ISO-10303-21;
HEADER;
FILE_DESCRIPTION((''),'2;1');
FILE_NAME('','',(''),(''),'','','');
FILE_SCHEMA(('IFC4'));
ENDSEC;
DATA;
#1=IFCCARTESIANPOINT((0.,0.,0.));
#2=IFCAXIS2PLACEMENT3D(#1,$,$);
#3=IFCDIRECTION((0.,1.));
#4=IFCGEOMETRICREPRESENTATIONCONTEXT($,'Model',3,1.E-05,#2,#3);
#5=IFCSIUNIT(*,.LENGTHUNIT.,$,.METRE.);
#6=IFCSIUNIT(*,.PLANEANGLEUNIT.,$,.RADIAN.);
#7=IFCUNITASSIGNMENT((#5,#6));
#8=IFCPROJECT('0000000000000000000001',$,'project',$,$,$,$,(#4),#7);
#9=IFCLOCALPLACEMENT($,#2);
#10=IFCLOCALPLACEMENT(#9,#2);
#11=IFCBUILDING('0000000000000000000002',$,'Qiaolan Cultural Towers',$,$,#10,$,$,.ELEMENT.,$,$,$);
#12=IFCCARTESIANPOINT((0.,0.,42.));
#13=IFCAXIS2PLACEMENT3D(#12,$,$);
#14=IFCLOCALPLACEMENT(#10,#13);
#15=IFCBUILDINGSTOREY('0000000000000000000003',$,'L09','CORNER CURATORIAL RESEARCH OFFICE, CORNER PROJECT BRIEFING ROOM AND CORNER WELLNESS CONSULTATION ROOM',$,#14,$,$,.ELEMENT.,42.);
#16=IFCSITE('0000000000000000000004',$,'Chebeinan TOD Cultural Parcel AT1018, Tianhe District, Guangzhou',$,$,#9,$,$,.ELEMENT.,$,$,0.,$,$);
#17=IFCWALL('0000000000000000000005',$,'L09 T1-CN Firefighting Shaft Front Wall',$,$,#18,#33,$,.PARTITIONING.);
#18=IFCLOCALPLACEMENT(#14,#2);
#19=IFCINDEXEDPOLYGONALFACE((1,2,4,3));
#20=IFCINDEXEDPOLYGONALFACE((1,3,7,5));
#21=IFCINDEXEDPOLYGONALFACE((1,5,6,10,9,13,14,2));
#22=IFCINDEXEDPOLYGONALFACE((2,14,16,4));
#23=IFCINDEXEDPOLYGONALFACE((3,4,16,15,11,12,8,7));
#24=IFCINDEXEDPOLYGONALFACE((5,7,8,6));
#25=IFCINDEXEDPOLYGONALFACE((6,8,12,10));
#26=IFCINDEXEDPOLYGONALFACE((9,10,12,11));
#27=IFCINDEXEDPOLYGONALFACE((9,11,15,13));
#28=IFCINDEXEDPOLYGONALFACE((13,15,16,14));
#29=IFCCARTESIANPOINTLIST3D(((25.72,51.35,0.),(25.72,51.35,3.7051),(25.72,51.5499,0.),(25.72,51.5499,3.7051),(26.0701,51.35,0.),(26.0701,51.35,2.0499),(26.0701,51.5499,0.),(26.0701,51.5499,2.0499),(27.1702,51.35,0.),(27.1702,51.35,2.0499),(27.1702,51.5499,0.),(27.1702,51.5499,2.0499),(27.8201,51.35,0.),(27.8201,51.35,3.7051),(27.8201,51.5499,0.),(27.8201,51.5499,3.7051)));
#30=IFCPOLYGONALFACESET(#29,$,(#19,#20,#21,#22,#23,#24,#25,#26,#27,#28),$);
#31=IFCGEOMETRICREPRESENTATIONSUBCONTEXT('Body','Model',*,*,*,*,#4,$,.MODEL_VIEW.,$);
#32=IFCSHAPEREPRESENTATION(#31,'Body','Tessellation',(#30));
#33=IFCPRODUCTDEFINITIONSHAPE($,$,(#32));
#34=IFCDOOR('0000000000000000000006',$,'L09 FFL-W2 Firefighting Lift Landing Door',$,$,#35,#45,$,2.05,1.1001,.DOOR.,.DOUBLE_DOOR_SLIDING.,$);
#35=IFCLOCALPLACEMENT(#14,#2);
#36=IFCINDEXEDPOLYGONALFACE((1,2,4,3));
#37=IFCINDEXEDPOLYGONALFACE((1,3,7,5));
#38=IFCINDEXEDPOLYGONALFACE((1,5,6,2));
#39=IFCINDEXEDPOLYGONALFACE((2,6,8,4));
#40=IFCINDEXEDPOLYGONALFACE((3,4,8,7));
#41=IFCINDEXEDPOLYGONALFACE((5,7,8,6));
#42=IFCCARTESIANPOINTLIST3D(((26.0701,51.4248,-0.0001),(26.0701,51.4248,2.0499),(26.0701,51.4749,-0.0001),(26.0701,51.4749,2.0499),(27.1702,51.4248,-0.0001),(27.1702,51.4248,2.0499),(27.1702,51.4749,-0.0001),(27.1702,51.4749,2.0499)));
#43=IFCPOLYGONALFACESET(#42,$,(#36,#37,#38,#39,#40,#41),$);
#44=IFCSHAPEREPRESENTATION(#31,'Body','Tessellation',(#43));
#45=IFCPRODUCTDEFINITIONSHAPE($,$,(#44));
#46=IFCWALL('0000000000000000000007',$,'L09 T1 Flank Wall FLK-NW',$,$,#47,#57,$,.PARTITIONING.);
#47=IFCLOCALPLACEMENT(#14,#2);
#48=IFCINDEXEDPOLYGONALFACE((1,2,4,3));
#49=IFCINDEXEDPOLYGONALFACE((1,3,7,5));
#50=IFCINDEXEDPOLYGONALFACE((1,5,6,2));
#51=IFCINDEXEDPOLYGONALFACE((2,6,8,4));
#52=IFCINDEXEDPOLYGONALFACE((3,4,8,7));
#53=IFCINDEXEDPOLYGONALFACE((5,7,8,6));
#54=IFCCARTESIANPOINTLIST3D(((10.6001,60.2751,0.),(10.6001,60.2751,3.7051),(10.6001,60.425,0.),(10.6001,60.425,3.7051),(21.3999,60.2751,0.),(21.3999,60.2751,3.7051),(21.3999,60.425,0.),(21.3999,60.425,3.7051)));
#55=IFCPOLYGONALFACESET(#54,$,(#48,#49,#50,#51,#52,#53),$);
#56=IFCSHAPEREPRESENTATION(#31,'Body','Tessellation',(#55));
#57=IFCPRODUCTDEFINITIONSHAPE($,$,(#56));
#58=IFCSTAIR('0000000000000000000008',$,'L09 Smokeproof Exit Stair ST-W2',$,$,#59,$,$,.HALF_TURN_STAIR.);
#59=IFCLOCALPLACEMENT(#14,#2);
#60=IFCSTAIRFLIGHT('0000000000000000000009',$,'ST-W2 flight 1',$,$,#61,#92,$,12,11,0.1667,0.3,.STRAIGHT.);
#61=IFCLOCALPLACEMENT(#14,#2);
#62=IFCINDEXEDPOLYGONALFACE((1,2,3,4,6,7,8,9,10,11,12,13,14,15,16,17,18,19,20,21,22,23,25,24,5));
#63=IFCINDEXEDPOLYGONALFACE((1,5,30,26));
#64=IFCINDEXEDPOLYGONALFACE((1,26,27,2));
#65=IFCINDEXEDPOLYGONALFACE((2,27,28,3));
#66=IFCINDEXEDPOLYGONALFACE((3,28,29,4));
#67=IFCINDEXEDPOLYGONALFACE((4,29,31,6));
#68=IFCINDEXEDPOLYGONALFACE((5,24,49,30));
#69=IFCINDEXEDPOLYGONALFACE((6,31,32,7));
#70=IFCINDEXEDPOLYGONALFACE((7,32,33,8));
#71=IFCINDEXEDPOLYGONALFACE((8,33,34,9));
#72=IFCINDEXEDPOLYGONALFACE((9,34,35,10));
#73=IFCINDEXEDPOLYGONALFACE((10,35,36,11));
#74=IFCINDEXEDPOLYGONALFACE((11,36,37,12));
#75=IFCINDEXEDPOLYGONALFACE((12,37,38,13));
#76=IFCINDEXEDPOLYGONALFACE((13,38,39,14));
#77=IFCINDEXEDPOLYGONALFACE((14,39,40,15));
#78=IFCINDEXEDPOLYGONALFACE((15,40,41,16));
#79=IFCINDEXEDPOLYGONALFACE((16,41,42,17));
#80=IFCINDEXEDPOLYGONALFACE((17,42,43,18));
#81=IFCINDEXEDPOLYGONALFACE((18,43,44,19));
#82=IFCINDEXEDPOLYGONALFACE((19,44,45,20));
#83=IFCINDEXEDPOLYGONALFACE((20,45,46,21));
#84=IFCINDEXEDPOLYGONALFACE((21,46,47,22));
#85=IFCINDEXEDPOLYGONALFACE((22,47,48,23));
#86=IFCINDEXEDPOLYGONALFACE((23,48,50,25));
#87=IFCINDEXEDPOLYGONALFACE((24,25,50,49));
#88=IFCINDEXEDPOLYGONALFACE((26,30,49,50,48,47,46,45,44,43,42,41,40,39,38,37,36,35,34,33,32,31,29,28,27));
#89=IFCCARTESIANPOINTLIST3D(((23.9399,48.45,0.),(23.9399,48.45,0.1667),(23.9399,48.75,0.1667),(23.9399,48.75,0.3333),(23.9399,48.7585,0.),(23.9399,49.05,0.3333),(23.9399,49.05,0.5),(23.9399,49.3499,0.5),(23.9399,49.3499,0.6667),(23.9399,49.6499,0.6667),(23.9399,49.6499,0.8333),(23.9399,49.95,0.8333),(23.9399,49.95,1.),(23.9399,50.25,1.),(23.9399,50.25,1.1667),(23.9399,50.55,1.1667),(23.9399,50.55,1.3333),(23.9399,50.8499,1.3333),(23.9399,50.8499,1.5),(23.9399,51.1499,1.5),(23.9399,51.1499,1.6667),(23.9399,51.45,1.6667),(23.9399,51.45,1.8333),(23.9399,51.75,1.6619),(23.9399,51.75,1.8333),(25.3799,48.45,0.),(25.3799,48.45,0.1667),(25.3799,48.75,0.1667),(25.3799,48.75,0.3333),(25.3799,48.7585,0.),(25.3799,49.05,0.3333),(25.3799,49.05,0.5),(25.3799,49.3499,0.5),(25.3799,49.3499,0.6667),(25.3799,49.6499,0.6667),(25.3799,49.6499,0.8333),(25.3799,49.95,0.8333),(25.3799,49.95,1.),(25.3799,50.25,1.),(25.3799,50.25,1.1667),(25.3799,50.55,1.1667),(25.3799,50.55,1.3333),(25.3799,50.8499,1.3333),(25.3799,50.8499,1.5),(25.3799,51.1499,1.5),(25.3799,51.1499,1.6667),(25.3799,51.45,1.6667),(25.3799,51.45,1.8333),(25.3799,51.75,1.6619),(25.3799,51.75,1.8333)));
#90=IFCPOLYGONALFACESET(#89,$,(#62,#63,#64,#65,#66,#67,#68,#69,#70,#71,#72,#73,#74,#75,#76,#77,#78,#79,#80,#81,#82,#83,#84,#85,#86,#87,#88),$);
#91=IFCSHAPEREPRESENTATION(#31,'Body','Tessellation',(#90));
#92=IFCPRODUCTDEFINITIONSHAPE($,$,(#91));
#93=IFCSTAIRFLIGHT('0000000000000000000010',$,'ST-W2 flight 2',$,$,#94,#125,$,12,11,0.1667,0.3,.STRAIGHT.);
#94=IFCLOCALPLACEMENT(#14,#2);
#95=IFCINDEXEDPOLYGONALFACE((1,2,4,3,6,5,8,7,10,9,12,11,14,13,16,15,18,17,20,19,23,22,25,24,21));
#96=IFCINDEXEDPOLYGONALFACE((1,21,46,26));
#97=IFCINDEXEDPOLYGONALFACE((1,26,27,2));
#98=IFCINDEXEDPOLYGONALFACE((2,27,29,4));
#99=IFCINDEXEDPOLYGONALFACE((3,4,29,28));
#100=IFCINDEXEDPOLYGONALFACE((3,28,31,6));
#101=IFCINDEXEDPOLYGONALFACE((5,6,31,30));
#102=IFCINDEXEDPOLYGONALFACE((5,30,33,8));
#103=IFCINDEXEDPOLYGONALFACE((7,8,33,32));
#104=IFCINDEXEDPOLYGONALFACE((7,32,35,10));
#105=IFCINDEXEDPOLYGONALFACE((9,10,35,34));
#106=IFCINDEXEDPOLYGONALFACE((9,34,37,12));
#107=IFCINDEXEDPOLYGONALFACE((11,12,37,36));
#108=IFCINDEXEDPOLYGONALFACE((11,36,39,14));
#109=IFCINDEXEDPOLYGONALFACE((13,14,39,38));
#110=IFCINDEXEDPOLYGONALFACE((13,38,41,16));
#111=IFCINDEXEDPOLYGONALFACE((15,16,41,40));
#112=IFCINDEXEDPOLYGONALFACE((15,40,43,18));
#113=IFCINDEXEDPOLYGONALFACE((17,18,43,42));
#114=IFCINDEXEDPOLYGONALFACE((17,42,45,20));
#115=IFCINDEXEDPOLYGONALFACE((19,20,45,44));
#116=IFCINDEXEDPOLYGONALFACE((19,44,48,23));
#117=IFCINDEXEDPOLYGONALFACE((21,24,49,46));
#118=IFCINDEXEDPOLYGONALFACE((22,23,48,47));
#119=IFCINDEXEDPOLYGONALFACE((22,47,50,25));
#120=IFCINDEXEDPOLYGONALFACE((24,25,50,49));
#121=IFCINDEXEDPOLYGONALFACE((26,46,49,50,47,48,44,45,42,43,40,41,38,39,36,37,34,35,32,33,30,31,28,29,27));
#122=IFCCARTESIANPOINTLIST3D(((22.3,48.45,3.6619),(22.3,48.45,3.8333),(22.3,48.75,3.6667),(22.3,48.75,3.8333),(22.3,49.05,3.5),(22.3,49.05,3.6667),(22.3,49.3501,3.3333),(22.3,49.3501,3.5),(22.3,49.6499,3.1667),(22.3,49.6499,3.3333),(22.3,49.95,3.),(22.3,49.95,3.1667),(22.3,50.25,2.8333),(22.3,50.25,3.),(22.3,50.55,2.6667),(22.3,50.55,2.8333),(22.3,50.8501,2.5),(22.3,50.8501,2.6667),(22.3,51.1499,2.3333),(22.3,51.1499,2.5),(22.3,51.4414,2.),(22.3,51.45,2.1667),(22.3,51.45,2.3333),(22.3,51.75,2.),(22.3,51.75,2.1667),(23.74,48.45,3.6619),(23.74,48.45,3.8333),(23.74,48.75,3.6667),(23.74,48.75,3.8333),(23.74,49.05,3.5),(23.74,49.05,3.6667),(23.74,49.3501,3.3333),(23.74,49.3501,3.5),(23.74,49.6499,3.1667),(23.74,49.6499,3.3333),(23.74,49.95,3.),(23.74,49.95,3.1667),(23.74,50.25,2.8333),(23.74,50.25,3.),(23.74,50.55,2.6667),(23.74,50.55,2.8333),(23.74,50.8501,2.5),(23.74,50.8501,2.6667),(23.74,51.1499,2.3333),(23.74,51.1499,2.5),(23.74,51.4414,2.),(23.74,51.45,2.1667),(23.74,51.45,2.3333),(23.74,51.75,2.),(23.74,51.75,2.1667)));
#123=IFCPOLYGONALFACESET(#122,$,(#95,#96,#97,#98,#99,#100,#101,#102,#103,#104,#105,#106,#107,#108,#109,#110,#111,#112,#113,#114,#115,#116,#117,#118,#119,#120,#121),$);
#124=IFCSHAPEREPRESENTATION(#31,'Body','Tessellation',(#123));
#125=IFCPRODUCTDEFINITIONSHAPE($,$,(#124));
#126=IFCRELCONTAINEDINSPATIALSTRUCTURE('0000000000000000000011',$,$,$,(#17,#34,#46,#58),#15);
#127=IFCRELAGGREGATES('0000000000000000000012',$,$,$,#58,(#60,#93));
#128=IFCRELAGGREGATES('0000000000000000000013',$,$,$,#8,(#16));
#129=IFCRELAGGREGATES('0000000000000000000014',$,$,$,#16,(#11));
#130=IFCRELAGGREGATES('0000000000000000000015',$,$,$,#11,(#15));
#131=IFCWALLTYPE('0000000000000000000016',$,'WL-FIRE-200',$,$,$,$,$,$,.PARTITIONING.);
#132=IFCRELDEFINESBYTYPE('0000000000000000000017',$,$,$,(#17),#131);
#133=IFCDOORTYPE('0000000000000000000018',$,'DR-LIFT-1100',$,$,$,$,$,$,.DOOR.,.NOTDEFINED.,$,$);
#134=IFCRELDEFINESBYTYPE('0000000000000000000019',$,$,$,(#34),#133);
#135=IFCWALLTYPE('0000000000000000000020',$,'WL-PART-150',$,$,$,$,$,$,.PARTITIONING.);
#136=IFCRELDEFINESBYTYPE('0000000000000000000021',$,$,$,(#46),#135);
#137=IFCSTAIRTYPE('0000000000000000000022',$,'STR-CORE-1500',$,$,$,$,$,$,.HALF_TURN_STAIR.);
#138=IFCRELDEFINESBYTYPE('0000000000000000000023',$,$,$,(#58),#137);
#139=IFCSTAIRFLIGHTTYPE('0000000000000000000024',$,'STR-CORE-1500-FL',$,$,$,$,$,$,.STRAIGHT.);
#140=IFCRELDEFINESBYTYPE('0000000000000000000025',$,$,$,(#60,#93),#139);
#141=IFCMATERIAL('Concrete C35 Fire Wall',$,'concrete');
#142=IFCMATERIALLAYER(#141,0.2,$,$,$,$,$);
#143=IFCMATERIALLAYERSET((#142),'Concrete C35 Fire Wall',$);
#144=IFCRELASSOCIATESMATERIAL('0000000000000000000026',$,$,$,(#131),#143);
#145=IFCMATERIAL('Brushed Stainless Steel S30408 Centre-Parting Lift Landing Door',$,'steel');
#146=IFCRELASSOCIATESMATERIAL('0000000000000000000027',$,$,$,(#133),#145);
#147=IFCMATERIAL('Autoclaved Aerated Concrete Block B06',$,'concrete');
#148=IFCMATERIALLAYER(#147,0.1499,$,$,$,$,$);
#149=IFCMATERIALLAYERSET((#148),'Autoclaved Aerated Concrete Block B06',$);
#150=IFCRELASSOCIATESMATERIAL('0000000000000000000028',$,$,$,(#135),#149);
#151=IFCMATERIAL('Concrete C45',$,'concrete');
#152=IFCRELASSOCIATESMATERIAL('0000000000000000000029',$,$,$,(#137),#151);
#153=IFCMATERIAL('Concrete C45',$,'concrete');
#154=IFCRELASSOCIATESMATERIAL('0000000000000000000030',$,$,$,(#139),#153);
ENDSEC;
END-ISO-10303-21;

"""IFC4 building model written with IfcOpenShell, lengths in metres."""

from ifc_helpers import new_model, si_unit, direction, frame, frame_2d, origin, place, context, subcontext, project, spatial, polyline, rectangle, outline, extrude, material, layer, layer_set, type_object, element, fill, aggregate, save


model = new_model("IFC4")

# Units and contexts
model_context = context("Model", 3, precision=1e-05, world=origin(), true_north=direction((0.0, 1.0)))
body_context = subcontext(model_context, "Body", "Model", "MODEL_VIEW")
ifc_project = project(units=[si_unit("LENGTHUNIT", "METRE"), si_unit("PLANEANGLEUNIT", "RADIAN")], contexts=[model_context])

# Site, building, storey
site_placement = place(None, origin())
site = spatial("IfcSite", under=ifc_project, at=site_placement, Name="Chebeinan TOD Cultural Parcel AT1018, Tianhe District, Guangzhou", CompositionType="ELEMENT", RefElevation=0.0)
building_placement = place(site_placement, origin())
building = spatial("IfcBuilding", under=site, at=building_placement, Name="Qiaolan Cultural Towers", CompositionType="ELEMENT")
storey_placement = place(building_placement, frame((0.0, 0.0, 42.0)))
storey = spatial("IfcBuildingStorey", under=building, at=storey_placement, Name="L09", Description="CORNER CURATORIAL RESEARCH OFFICE, CORNER PROJECT BRIEFING ROOM AND CORNER WELLNESS CONSULTATION ROOM", CompositionType="ELEMENT", Elevation=42.0)

# Wall, opening, door
ifc_material_1 = material(Name="Concrete C35 Fire Wall", Category="concrete")
ifc_layer_1 = layer(ifc_material_1, 0.2)
ifc_layer_set_1 = layer_set([ifc_layer_1], Name="Concrete C35 Fire Wall")
wall_type_1 = type_object("IfcWallType", Name="WL-FIRE-200", PredefinedType="PARTITIONING", material=ifc_layer_set_1)
wall_1_placement = place(storey_placement, frame((25.72, 51.45, 0.0), z_axis=(0.0, 0.0, 1.0), x_axis=(1.0, 0.0, 0.0)))
wall_1 = element("IfcWall", 1, at=wall_1_placement, inside=storey, type_object=wall_type_1, Name="L09 T1-CN Firefighting Shaft Front Wall", PredefinedType="PARTITIONING", context=body_context, shape_type="SweptSolid", body=[
    extrude(rectangle(XDim=2.1001, YDim=0.2, at=frame_2d((1.05, 0.0))), origin(), (0.0, 0.0, 1.0), 3.7051),
])
opening_placement = place(wall_1_placement, frame((0.3501, 0.0, 0.0)))
opening = element("IfcOpeningElement", 2, at=opening_placement, cuts=wall_1, PredefinedType="OPENING", context=body_context, shape_type="SweptSolid", body=[
    extrude(rectangle(XDim=1.1001, YDim=2.05, at=frame_2d((0.55, 1.0249))), frame((0.0, 0.1099, 0.0), z_axis=(0.0, -1.0, 0.0), x_axis=(1.0, 0.0, 0.0)), (0.0, 0.0, 1.0), 0.22),
])
ifc_material_2 = material(Name="Brushed Stainless Steel S30408 Centre-Parting Lift Landing Door", Category="steel")
door_type = type_object("IfcDoorType", Name="DR-LIFT-1100", OperationType="NOTDEFINED", PredefinedType="DOOR", material=ifc_material_2)
door_placement = place(opening_placement, origin())
door = element("IfcDoor", 3, at=door_placement, inside=storey, type_object=door_type, Name="L09 FFL-W2 Firefighting Lift Landing Door", OperationType="DOUBLE_DOOR_SLIDING", OverallHeight=2.05, OverallWidth=1.1001, PredefinedType="DOOR", context=body_context, shape_type="SweptSolid", body=[
    extrude(rectangle(XDim=1.1001, YDim=2.05, at=frame_2d((0.55, 1.0249))), frame((0.0, 0.0249, 0.0), z_axis=(0.0, -1.0, 0.0), x_axis=(1.0, 0.0, 0.0)), (0.0, 0.0, 1.0), 0.05),
])
fill(opening, door)

# Wall
ifc_material_3 = material(Name="Autoclaved Aerated Concrete Block B06", Category="concrete")
ifc_layer_2 = layer(ifc_material_3, 0.1499)
ifc_layer_set_2 = layer_set([ifc_layer_2], Name="Autoclaved Aerated Concrete Block B06")
wall_type_2 = type_object("IfcWallType", Name="WL-PART-150", PredefinedType="PARTITIONING", material=ifc_layer_set_2)
wall_2_placement = place(storey_placement, frame((10.6001, 60.3501, 0.0), z_axis=(0.0, 0.0, 1.0), x_axis=(1.0, 0.0, 0.0)))
element("IfcWall", 4, at=wall_2_placement, inside=storey, type_object=wall_type_2, Name="L09 T1 Flank Wall FLK-NW", PredefinedType="PARTITIONING", context=body_context, shape_type="SweptSolid", body=[
    extrude(rectangle(XDim=10.7998, YDim=0.1499, at=frame_2d((5.3999, 0.0))), origin(), (0.0, 0.0, 1.0), 3.7051),
])

# Stair, stair flights
ifc_material_4 = material(Name="Concrete C45", Category="concrete")
stair_type = type_object("IfcStairType", Name="STR-CORE-1500", PredefinedType="HALF_TURN_STAIR", material=ifc_material_4)
stair_placement = place(storey_placement, origin())
stair = element("IfcStair", 5, at=stair_placement, inside=storey, type_object=stair_type, Name="L09 Smokeproof Exit Stair ST-W2", PredefinedType="HALF_TURN_STAIR")
ifc_material_5 = material(Name="Concrete C45", Category="concrete")
stair_flight_type = type_object("IfcStairFlightType", Name="STR-CORE-1500-FL", PredefinedType="STRAIGHT", material=ifc_material_5)
stair_flight_1_placement = place(storey_placement, frame((24.6599, 48.45, 0.0), z_axis=(0.0, 0.0, 1.0), x_axis=(0.0, 1.0, 0.0)))
stair_flight_1 = element("IfcStairFlight", 6, at=stair_flight_1_placement, type_object=stair_flight_type, Name="ST-W2 flight 1", NumberOfRisers=12, NumberOfTreads=11, PredefinedType="STRAIGHT", RiserHeight=0.1667, TreadLength=0.3, context=body_context, shape_type="SweptSolid", body=[
    extrude(outline(polyline([(0.0, 0.0), (0.0, 0.1667), (0.3, 0.1667), (0.3, 0.3333), (0.6001, 0.3333), (0.6001, 0.5), (0.8999, 0.5), (0.8999, 0.6667), (1.2, 0.6667), (1.2, 0.8333), (1.5, 0.8333), (1.5, 1.0), (1.8, 1.0), (1.8, 1.1667), (2.1001, 1.1667), (2.1001, 1.3333), (2.3999, 1.3333), (2.3999, 1.5), (2.7, 1.5), (2.7, 1.6667), (3.0, 1.6667), (3.0, 1.8333), (3.3, 1.8333), (3.3, 2.0), (3.3, 1.6619), (0.3086, 0.0), (0.0, 0.0)])), frame((0.0, 0.72, 0.0), z_axis=(0.0, -1.0, 0.0), x_axis=(1.0, 0.0, 0.0)), (0.0, 0.0, 1.0), 1.4399),
])
stair_flight_2_placement = place(storey_placement, frame((23.02, 51.75, 2.0), z_axis=(0.0, 0.0, 1.0), x_axis=(0.0, -1.0, 0.0)))
stair_flight_2 = element("IfcStairFlight", 7, at=stair_flight_2_placement, type_object=stair_flight_type, Name="ST-W2 flight 2", NumberOfRisers=12, NumberOfTreads=11, PredefinedType="STRAIGHT", RiserHeight=0.1667, TreadLength=0.3, context=body_context, shape_type="SweptSolid", body=[
    extrude(outline(polyline([(0.0, 0.0), (0.0, 0.1667), (0.3, 0.1667), (0.3, 0.3333), (0.6001, 0.3333), (0.6001, 0.5), (0.8999, 0.5), (0.8999, 0.6667), (1.2, 0.6667), (1.2, 0.8333), (1.5, 0.8333), (1.5, 1.0), (1.8, 1.0), (1.8, 1.1667), (2.1001, 1.1667), (2.1001, 1.3333), (2.3999, 1.3333), (2.3999, 1.5), (2.7, 1.5), (2.7, 1.6667), (3.0, 1.6667), (3.0, 1.8333), (3.3, 1.8333), (3.3, 2.0), (3.3, 1.6619), (0.3086, 0.0), (0.0, 0.0)])), frame((0.0, 0.72, 0.0), z_axis=(0.0, -1.0, 0.0), x_axis=(1.0, 0.0, 0.0)), (0.0, 0.0, 1.0), 1.4399),
])
aggregate(stair, [stair_flight_1, stair_flight_2])

save(model, "model.ifc")
